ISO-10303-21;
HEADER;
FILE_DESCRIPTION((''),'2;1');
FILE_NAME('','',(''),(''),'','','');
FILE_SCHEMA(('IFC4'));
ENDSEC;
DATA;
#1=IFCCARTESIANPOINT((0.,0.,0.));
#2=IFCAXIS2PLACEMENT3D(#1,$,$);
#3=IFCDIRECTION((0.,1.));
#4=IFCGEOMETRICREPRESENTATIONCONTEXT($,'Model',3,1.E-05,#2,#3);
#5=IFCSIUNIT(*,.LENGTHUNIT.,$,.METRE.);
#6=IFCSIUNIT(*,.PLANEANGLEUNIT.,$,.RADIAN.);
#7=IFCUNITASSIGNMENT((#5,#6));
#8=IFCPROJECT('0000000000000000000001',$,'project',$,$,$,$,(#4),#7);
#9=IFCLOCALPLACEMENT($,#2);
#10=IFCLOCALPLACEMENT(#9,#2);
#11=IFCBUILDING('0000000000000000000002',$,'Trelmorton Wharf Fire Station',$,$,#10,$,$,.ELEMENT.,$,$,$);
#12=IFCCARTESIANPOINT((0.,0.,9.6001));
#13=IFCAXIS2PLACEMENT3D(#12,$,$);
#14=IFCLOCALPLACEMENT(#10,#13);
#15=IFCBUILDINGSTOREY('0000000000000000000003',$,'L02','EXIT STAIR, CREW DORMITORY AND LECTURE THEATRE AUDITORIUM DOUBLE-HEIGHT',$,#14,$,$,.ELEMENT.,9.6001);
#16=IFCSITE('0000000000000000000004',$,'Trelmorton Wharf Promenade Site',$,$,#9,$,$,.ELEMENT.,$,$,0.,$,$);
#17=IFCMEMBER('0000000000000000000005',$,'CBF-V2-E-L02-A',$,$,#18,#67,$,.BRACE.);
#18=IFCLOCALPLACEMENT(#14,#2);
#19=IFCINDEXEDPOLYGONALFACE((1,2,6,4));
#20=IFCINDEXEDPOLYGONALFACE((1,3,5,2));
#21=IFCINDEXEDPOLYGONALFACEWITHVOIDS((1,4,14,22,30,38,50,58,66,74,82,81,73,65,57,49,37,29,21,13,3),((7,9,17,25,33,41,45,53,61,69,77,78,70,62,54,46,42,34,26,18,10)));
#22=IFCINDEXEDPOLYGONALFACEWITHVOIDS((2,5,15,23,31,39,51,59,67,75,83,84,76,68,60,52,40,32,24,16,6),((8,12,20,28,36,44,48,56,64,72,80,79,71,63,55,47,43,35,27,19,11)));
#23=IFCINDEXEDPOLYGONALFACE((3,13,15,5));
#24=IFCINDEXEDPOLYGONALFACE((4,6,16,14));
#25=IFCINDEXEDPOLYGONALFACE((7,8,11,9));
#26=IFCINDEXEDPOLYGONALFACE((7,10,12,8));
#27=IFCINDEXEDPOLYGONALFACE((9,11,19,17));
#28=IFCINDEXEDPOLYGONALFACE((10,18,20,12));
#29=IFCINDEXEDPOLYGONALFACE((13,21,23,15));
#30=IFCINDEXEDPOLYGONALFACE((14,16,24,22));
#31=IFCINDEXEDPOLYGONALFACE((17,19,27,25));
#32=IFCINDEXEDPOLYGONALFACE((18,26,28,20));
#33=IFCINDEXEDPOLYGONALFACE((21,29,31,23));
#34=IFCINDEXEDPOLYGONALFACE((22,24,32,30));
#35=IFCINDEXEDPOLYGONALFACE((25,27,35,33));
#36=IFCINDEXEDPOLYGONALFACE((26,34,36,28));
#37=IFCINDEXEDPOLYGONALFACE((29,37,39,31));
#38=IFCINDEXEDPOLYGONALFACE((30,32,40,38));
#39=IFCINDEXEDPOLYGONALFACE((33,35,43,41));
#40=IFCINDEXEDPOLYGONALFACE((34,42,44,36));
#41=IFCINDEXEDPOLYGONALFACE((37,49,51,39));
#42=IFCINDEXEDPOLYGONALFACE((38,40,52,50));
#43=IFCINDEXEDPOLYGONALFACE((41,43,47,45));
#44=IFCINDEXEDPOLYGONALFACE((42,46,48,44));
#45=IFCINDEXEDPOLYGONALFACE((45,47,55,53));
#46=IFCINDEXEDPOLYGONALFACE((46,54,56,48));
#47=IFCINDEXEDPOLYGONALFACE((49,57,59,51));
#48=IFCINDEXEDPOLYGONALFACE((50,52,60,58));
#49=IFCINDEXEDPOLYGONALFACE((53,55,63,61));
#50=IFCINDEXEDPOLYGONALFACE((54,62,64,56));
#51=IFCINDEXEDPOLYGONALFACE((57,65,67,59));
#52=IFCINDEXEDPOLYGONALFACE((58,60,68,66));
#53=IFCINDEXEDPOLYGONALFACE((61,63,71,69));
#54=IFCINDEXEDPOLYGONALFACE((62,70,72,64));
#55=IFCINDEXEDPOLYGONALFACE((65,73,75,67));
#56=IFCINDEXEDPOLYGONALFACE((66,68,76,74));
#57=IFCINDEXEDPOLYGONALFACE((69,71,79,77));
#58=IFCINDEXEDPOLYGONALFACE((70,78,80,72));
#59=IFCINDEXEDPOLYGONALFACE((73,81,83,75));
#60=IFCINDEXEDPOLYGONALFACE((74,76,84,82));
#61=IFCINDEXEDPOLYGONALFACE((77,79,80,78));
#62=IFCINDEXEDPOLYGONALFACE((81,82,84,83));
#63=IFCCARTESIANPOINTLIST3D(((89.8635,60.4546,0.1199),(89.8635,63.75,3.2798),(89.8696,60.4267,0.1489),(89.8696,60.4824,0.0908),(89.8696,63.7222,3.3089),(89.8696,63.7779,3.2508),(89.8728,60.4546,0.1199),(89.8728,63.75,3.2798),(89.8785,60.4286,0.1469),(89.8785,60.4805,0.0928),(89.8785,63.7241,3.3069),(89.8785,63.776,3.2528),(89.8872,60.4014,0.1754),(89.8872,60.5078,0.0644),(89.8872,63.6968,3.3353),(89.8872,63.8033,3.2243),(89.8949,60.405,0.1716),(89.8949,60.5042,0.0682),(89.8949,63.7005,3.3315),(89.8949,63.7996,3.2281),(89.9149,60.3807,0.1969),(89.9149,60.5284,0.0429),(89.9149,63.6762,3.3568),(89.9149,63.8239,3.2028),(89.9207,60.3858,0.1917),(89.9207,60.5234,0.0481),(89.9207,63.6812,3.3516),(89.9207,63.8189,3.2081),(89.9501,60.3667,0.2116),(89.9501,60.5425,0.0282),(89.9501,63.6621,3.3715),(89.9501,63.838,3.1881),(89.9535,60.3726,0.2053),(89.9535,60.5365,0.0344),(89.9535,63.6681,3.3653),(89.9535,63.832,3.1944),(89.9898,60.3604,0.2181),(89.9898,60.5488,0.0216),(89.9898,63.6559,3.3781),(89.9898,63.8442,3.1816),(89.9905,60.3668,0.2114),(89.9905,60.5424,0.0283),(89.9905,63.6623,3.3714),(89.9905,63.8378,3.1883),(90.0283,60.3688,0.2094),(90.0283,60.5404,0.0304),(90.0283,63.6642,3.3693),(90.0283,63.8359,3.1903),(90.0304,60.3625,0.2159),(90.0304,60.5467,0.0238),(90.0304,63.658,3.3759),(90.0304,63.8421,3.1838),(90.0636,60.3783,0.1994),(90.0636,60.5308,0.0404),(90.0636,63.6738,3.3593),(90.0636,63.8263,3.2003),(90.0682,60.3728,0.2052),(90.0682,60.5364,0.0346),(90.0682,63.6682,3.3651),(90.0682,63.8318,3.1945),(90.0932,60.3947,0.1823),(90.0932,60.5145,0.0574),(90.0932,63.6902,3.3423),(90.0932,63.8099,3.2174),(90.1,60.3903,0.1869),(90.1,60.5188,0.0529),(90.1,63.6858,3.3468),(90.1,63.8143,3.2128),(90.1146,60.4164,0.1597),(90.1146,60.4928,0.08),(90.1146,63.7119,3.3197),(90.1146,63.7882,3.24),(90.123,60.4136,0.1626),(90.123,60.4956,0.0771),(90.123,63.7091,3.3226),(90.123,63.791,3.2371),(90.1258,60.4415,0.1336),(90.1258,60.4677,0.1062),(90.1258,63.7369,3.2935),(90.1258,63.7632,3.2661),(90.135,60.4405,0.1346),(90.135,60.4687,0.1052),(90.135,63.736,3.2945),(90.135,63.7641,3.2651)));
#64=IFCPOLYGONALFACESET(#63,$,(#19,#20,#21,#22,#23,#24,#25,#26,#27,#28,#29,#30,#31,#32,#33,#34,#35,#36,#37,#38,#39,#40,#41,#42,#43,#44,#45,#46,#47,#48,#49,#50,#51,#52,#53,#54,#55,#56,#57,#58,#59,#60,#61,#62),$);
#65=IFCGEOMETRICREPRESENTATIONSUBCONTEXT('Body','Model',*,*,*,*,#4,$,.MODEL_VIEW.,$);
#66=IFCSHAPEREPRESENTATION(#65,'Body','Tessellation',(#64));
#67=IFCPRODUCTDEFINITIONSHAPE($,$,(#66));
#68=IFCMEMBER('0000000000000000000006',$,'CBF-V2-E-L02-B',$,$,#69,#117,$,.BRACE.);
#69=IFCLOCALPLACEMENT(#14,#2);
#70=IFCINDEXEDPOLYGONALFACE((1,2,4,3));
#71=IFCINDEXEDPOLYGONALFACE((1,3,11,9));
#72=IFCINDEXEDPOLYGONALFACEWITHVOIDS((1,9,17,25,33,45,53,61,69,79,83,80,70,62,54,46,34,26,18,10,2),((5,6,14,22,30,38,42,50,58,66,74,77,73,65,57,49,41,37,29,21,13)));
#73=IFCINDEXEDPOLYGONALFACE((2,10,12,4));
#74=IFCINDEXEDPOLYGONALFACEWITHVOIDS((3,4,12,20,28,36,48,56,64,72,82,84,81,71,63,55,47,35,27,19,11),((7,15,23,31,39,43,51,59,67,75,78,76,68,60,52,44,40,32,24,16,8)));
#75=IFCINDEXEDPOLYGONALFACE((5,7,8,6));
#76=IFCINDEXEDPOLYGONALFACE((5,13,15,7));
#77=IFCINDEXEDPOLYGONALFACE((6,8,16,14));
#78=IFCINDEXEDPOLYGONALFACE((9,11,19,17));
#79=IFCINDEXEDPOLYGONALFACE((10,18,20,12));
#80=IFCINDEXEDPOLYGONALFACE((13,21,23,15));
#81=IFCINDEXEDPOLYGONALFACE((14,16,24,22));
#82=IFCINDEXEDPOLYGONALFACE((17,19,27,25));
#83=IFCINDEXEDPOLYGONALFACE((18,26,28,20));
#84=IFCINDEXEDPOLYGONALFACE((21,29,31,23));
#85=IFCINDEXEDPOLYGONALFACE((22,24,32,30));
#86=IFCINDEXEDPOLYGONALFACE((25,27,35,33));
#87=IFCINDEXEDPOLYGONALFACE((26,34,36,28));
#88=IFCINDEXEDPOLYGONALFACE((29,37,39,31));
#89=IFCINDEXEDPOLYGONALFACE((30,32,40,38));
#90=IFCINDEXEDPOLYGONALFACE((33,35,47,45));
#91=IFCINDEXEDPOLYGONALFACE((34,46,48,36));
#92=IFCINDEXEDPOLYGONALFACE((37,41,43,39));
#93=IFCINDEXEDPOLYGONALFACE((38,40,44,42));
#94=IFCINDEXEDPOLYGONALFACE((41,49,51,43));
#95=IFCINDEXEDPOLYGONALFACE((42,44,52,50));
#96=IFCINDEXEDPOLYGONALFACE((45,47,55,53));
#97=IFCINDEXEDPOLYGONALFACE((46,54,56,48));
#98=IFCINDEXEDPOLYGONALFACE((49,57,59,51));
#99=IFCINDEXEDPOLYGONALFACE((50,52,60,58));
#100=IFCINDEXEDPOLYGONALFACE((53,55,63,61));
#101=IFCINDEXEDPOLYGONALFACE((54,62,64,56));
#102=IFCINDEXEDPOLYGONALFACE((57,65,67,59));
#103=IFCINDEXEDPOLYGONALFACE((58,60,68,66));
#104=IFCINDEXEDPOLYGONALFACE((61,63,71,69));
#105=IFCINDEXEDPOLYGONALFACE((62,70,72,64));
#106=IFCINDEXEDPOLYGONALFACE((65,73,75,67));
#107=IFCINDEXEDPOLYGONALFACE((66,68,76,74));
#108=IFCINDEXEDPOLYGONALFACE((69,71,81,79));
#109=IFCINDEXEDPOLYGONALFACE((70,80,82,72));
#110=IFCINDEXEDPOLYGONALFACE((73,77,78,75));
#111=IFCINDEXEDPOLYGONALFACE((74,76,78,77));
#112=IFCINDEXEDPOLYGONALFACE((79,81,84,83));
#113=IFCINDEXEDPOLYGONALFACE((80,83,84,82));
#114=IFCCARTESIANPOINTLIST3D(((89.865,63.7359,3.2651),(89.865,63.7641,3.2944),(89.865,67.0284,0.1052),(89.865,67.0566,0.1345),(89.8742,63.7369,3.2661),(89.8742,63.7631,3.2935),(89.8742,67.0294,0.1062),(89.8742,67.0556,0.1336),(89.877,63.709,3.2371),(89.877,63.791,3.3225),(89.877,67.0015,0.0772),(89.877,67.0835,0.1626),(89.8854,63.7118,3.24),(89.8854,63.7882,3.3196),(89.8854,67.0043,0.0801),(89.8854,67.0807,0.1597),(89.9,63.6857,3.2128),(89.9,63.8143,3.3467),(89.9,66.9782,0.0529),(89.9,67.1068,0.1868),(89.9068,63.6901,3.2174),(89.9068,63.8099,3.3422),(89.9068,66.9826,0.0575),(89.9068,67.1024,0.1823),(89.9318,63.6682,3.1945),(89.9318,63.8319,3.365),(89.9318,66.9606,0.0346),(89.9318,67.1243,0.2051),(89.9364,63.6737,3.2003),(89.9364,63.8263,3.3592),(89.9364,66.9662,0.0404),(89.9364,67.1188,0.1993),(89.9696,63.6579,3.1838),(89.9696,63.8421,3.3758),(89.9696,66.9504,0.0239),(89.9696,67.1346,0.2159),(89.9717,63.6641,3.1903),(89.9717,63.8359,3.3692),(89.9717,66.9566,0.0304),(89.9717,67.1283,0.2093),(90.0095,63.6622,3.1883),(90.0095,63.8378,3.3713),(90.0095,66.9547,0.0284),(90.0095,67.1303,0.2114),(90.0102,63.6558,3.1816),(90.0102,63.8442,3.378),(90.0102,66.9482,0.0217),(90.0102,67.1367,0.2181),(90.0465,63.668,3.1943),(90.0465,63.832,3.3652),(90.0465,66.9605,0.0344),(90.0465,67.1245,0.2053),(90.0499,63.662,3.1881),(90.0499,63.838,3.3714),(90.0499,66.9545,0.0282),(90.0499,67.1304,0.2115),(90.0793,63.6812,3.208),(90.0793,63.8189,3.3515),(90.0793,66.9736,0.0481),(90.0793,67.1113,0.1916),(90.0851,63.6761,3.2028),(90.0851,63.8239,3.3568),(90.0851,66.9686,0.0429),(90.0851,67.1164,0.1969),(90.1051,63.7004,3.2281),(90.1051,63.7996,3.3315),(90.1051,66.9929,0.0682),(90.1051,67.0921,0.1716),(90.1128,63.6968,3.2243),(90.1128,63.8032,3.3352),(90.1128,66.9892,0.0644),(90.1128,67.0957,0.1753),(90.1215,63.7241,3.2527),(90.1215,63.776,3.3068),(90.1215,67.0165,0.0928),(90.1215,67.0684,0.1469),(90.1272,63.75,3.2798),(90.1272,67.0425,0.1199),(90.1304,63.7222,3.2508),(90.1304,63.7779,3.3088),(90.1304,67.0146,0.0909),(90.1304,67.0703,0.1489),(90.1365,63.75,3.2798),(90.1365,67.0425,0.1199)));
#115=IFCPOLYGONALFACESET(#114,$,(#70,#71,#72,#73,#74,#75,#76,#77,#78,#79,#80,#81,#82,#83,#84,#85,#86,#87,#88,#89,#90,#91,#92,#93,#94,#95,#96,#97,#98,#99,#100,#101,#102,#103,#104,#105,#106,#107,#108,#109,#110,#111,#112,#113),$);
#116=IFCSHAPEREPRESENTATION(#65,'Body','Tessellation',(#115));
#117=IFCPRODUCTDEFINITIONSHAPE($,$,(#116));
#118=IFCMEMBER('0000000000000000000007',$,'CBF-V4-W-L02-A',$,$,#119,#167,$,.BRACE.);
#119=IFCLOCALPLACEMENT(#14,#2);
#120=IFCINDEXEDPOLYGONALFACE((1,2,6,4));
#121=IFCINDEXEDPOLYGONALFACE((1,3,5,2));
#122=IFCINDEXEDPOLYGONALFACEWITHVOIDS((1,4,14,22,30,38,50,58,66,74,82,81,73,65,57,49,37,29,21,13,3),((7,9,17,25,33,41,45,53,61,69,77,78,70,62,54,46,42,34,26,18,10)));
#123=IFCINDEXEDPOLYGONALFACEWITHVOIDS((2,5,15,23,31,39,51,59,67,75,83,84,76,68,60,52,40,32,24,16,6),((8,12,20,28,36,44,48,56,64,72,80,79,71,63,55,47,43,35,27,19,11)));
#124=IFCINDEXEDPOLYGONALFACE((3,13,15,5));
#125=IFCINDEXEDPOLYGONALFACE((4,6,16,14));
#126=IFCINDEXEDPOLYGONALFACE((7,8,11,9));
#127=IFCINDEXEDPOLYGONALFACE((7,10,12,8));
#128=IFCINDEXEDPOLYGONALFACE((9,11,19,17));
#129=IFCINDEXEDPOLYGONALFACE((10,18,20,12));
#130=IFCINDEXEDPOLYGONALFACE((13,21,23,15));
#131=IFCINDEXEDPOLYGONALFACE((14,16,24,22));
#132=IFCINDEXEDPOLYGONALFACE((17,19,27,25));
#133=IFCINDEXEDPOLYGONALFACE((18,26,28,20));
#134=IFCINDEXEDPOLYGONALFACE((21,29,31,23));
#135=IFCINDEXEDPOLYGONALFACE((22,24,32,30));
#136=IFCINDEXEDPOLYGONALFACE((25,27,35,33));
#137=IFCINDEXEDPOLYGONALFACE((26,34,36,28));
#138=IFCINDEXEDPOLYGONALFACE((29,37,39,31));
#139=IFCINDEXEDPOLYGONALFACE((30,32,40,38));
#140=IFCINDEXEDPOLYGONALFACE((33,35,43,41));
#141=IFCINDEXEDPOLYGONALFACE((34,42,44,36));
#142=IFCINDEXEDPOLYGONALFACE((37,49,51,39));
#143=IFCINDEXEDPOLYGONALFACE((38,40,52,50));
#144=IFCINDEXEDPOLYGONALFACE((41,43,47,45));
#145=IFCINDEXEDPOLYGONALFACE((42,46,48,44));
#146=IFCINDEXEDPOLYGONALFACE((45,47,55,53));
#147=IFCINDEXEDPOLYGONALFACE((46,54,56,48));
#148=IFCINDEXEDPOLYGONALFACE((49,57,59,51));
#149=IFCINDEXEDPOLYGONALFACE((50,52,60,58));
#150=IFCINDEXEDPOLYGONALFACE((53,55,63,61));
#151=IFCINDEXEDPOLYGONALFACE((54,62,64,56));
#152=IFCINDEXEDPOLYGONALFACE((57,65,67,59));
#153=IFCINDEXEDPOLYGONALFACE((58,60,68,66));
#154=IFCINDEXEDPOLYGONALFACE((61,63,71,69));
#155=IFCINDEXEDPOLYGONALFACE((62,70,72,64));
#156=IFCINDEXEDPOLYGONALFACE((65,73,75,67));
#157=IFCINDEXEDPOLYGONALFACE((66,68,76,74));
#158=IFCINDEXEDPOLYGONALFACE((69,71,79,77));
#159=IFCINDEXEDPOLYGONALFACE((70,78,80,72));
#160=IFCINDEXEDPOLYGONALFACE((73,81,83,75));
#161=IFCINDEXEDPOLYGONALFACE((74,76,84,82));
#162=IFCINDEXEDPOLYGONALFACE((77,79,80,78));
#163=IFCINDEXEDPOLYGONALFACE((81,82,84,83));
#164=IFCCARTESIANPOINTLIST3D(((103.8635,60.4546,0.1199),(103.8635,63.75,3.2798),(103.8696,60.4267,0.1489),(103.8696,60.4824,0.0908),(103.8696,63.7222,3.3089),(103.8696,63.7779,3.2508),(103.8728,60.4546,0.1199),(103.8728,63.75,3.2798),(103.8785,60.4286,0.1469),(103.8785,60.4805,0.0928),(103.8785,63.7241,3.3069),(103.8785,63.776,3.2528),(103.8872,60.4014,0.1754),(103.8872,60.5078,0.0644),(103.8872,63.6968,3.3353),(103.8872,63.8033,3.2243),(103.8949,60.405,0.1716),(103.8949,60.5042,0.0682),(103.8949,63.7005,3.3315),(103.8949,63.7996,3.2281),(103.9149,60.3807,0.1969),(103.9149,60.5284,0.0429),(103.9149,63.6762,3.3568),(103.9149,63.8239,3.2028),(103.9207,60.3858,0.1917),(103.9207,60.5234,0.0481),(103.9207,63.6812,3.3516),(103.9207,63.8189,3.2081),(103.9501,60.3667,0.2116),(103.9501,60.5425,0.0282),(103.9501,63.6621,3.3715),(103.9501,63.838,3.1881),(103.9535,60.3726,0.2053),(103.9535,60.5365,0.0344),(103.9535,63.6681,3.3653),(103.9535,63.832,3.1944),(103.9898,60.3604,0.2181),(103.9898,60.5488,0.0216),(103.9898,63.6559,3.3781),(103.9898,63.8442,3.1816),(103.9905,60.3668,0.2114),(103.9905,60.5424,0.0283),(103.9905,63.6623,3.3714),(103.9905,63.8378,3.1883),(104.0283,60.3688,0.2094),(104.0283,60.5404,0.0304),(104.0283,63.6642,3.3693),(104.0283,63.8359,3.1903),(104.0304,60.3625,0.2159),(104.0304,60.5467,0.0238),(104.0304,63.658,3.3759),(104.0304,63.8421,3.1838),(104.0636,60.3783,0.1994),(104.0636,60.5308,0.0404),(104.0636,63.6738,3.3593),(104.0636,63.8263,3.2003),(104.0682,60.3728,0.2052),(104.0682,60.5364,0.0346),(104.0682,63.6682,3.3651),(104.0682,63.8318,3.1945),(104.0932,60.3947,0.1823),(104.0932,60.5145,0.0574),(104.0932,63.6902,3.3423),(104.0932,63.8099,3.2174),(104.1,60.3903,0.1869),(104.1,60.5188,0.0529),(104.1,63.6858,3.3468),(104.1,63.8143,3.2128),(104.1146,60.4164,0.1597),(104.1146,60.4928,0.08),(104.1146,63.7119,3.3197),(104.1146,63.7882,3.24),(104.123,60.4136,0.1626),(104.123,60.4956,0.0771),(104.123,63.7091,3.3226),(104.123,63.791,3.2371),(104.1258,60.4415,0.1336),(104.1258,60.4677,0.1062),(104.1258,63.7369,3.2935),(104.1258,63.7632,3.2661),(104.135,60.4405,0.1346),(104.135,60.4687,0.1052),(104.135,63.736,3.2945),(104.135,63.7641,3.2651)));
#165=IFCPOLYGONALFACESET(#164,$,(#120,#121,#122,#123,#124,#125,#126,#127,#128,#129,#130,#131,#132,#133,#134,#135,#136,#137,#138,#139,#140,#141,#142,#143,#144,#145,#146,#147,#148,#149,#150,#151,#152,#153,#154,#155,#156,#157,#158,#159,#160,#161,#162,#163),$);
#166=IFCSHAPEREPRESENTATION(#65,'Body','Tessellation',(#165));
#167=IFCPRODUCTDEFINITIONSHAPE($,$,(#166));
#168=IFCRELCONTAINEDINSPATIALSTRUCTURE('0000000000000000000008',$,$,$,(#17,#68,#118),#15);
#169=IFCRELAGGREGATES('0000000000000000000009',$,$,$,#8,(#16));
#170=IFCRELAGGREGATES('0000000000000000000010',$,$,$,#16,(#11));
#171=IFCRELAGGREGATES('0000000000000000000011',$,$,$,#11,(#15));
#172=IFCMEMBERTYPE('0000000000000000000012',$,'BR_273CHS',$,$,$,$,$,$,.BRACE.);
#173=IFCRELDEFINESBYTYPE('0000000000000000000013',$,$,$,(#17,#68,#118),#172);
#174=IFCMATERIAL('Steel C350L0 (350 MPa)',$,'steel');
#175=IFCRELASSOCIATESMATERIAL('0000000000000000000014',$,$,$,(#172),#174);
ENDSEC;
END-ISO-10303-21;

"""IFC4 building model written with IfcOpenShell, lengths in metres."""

from ifc_helpers import new_model, si_unit, direction, frame, origin, origin_2d, place, context, subcontext, project, spatial, hollow_circle, extrude, material, material_profile, profile_set, type_object, element, save


model = new_model("IFC4")

# Units and contexts
model_context = context("Model", 3, precision=1e-05, world=origin(), true_north=direction((0.0, 1.0)))
body_context = subcontext(model_context, "Body", "Model", "MODEL_VIEW")
ifc_project = project(units=[si_unit("LENGTHUNIT", "METRE"), si_unit("PLANEANGLEUNIT", "RADIAN")], contexts=[model_context])

# Site, building, storey
site_placement = place(None, origin())
site = spatial("IfcSite", under=ifc_project, at=site_placement, Name="Trelmorton Wharf Promenade Site", CompositionType="ELEMENT", RefElevation=0.0)
building_placement = place(site_placement, origin())
building = spatial("IfcBuilding", under=site, at=building_placement, Name="Trelmorton Wharf Fire Station", CompositionType="ELEMENT")
storey_placement = place(building_placement, frame((0.0, 0.0, 9.6001)))
storey = spatial("IfcBuildingStorey", under=building, at=storey_placement, Name="L02", Description="EXIT STAIR, CREW DORMITORY AND LECTURE THEATRE AUDITORIUM DOUBLE-HEIGHT", CompositionType="ELEMENT", Elevation=9.6001)

# Members
ifc_material_1 = material(Name="Steel C350L0 (350 MPa)", Category="steel")
ifc_material_profile_1 = material_profile(ifc_material_1, hollow_circle(Radius=0.1365, WallThickness=0.0093, at=origin_2d()), Name="273.1x9.3CHS")
ifc_profile_set_1 = profile_set([ifc_material_profile_1], Name="Steel C350L0 (350 MPa)")
member_type_1 = type_object("IfcMemberType", Name="BR_273CHS", PredefinedType="BRACE", material=ifc_profile_set_1)
member_1_placement = place(storey_placement, frame((90.0, 60.4546, 0.1199), z_axis=(0.0, 0.72179, 0.692112), x_axis=(-1.0, 0.0, 0.0)))
element("IfcMember", 1, at=member_1_placement, inside=storey, type_object=member_type_1, Name="CBF-V2-E-L02-A", PredefinedType="BRACE", context=body_context, shape_type="SweptSolid", body=[
    extrude(hollow_circle(Radius=0.1365, WallThickness=0.0093, at=origin_2d()), origin(), (0.0, 0.0, 1.0), 4.5657),
])
member_2_placement = place(storey_placement, frame((90.0, 67.0425, 0.1199), z_axis=(0.0, -0.721482, 0.692433), x_axis=(1.0, 0.0, 0.0)))
element("IfcMember", 2, at=member_2_placement, inside=storey, type_object=member_type_1, Name="CBF-V2-E-L02-B", PredefinedType="BRACE", context=body_context, shape_type="SweptSolid", body=[
    extrude(hollow_circle(Radius=0.1365, WallThickness=0.0093, at=origin_2d()), origin(), (0.0, 0.0, 1.0), 4.5635),
])
for number, where, z_axis, x_axis, name in (
    (3, (104.0, 60.4546, 0.1199), (0.0, 0.72179, 0.692112), (-1.0, 0.0, 0.0), "CBF-V4-W-L02-A"),
):
    element("IfcMember", number, at=place(storey_placement, frame(where, z_axis=z_axis, x_axis=x_axis)), inside=storey, type_object=member_type_1, Name=name, PredefinedType="BRACE", context=body_context, shape_type="SweptSolid", body=[
        extrude(hollow_circle(Radius=0.1365, WallThickness=0.0093, at=origin_2d()), origin(), (0.0, 0.0, 1.0), 4.5657),
    ])

save(model, "model.ifc")
